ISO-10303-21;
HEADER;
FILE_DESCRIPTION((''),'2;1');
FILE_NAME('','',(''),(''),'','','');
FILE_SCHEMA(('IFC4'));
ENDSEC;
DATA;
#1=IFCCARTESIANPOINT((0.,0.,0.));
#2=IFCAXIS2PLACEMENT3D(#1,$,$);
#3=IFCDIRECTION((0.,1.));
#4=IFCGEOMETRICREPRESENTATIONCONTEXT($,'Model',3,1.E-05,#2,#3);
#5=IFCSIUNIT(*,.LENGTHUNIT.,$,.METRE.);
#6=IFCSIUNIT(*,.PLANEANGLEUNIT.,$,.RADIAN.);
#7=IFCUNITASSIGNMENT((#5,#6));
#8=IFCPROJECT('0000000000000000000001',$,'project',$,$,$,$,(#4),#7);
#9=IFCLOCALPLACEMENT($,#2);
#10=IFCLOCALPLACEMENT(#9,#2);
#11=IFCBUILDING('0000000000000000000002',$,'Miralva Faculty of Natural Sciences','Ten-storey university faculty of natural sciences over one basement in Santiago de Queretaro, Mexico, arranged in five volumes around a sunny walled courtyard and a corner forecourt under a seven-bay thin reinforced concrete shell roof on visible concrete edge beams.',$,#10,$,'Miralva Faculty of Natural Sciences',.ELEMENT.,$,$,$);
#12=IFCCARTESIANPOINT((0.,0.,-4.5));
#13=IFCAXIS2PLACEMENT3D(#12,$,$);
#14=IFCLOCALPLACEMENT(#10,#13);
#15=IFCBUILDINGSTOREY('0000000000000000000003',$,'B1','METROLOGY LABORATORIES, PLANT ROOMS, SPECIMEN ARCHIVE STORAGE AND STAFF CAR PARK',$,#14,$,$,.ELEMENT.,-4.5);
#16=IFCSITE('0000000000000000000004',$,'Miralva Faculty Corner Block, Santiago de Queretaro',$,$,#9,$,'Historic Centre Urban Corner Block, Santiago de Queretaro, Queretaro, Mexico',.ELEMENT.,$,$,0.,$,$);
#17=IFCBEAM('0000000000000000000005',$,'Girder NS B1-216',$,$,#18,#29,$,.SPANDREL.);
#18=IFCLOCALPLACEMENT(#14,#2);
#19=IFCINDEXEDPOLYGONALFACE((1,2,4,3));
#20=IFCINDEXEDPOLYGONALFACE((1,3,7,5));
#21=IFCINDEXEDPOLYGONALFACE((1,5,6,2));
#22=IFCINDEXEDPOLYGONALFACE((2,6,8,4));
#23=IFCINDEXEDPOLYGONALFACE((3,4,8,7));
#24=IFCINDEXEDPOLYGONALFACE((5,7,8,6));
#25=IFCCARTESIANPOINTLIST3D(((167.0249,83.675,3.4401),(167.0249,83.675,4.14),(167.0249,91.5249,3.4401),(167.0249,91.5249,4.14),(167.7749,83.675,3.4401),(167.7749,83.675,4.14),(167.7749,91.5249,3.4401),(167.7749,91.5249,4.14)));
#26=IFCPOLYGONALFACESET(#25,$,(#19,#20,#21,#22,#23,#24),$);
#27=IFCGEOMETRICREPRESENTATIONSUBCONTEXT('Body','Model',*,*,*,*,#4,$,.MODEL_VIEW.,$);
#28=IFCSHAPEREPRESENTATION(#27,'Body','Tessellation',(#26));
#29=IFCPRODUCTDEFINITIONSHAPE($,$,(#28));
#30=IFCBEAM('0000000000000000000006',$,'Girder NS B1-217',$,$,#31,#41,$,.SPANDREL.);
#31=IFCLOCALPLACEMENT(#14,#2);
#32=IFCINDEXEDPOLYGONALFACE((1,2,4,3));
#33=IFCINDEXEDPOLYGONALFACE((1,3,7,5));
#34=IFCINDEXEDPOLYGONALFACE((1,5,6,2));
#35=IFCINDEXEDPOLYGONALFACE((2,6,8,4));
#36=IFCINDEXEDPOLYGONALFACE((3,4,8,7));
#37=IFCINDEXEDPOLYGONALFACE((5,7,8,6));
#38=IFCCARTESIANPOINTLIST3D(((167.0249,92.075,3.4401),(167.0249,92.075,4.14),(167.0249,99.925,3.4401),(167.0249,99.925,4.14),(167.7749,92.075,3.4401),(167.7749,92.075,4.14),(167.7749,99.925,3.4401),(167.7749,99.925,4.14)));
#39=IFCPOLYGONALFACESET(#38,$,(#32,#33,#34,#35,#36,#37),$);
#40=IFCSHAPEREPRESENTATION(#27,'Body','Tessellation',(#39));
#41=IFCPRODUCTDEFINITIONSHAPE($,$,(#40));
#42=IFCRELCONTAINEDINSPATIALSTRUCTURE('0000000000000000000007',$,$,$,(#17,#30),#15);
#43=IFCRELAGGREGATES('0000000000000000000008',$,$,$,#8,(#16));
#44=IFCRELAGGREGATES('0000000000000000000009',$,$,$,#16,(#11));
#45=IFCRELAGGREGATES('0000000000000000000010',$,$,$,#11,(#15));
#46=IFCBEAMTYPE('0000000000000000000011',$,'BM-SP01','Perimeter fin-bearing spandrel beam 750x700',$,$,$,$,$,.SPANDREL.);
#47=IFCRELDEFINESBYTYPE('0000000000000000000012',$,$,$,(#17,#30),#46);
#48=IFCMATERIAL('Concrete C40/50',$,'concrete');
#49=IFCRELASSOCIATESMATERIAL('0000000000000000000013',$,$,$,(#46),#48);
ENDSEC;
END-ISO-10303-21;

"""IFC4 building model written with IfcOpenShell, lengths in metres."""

from ifc_helpers import new_model, si_unit, direction, frame, origin, origin_2d, place, context, subcontext, project, spatial, rectangle, extrude, material, material_profile, profile_set, type_object, element, save


model = new_model("IFC4")

# Units and contexts
model_context = context("Model", 3, precision=1e-05, world=origin(), true_north=direction((0.0, 1.0)))
body_context = subcontext(model_context, "Body", "Model", "MODEL_VIEW")
ifc_project = project(units=[si_unit("LENGTHUNIT", "METRE"), si_unit("PLANEANGLEUNIT", "RADIAN")], contexts=[model_context])

# Site, building, storey
site_placement = place(None, origin())
site = spatial("IfcSite", under=ifc_project, at=site_placement, Name="Miralva Faculty Corner Block, Santiago de Queretaro", LongName="Historic Centre Urban Corner Block, Santiago de Queretaro, Queretaro, Mexico", CompositionType="ELEMENT", RefElevation=0.0)
building_placement = place(site_placement, origin())
building = spatial("IfcBuilding", under=site, at=building_placement, Name="Miralva Faculty of Natural Sciences", Description="Ten-storey university faculty of natural sciences over one basement in Santiago de Queretaro, Mexico, arranged in five volumes around a sunny walled courtyard and a corner forecourt under a seven-bay thin reinforced concrete shell roof on visible concrete edge beams.", LongName="Miralva Faculty of Natural Sciences", CompositionType="ELEMENT")
storey_placement = place(building_placement, frame((0.0, 0.0, -4.5)))
storey = spatial("IfcBuildingStorey", under=building, at=storey_placement, Name="B1", Description="METROLOGY LABORATORIES, PLANT ROOMS, SPECIMEN ARCHIVE STORAGE AND STAFF CAR PARK", CompositionType="ELEMENT", Elevation=-4.5)

# Shared definitions
ifc_material_1 = material(Name="Concrete C40/50", Category="concrete")

# Beams
ifc_material_profile_1 = material_profile(ifc_material_1, rectangle(XDim=0.75, YDim=0.7, at=origin_2d()), Name="RC 750x700")
ifc_profile_set_1 = profile_set([ifc_material_profile_1], Name="Concrete C40/50")
beam_type_1 = type_object("IfcBeamType", Name="BM-SP01", Description="Perimeter fin-bearing spandrel beam 750x700", PredefinedType="SPANDREL", material=ifc_profile_set_1)
beam_1_placement = place(storey_placement, frame((167.3999, 83.675, 3.79), z_axis=(0.0, 1.0, 0.0), x_axis=(-1.0, 0.0, 0.0)))
element("IfcBeam", 1, at=beam_1_placement, inside=storey, type_object=beam_type_1, Name="Girder NS B1-216", PredefinedType="SPANDREL", context=body_context, shape_type="SweptSolid", body=[
    extrude(rectangle(XDim=0.75, YDim=0.7, at=origin_2d()), origin(), (0.0, 0.0, 1.0), 7.8499),
])
beam_2_placement = place(storey_placement, frame((167.3999, 92.075, 3.79), z_axis=(0.0, 1.0, 0.0), x_axis=(-1.0, 0.0, 0.0)))
element("IfcBeam", 2, at=beam_2_placement, inside=storey, type_object=beam_type_1, Name="Girder NS B1-217", PredefinedType="SPANDREL", context=body_context, shape_type="SweptSolid", body=[
    extrude(rectangle(XDim=0.75, YDim=0.7, at=origin_2d()), origin(), (0.0, 0.0, 1.0), 7.8501),
])

save(model, "model.ifc")
